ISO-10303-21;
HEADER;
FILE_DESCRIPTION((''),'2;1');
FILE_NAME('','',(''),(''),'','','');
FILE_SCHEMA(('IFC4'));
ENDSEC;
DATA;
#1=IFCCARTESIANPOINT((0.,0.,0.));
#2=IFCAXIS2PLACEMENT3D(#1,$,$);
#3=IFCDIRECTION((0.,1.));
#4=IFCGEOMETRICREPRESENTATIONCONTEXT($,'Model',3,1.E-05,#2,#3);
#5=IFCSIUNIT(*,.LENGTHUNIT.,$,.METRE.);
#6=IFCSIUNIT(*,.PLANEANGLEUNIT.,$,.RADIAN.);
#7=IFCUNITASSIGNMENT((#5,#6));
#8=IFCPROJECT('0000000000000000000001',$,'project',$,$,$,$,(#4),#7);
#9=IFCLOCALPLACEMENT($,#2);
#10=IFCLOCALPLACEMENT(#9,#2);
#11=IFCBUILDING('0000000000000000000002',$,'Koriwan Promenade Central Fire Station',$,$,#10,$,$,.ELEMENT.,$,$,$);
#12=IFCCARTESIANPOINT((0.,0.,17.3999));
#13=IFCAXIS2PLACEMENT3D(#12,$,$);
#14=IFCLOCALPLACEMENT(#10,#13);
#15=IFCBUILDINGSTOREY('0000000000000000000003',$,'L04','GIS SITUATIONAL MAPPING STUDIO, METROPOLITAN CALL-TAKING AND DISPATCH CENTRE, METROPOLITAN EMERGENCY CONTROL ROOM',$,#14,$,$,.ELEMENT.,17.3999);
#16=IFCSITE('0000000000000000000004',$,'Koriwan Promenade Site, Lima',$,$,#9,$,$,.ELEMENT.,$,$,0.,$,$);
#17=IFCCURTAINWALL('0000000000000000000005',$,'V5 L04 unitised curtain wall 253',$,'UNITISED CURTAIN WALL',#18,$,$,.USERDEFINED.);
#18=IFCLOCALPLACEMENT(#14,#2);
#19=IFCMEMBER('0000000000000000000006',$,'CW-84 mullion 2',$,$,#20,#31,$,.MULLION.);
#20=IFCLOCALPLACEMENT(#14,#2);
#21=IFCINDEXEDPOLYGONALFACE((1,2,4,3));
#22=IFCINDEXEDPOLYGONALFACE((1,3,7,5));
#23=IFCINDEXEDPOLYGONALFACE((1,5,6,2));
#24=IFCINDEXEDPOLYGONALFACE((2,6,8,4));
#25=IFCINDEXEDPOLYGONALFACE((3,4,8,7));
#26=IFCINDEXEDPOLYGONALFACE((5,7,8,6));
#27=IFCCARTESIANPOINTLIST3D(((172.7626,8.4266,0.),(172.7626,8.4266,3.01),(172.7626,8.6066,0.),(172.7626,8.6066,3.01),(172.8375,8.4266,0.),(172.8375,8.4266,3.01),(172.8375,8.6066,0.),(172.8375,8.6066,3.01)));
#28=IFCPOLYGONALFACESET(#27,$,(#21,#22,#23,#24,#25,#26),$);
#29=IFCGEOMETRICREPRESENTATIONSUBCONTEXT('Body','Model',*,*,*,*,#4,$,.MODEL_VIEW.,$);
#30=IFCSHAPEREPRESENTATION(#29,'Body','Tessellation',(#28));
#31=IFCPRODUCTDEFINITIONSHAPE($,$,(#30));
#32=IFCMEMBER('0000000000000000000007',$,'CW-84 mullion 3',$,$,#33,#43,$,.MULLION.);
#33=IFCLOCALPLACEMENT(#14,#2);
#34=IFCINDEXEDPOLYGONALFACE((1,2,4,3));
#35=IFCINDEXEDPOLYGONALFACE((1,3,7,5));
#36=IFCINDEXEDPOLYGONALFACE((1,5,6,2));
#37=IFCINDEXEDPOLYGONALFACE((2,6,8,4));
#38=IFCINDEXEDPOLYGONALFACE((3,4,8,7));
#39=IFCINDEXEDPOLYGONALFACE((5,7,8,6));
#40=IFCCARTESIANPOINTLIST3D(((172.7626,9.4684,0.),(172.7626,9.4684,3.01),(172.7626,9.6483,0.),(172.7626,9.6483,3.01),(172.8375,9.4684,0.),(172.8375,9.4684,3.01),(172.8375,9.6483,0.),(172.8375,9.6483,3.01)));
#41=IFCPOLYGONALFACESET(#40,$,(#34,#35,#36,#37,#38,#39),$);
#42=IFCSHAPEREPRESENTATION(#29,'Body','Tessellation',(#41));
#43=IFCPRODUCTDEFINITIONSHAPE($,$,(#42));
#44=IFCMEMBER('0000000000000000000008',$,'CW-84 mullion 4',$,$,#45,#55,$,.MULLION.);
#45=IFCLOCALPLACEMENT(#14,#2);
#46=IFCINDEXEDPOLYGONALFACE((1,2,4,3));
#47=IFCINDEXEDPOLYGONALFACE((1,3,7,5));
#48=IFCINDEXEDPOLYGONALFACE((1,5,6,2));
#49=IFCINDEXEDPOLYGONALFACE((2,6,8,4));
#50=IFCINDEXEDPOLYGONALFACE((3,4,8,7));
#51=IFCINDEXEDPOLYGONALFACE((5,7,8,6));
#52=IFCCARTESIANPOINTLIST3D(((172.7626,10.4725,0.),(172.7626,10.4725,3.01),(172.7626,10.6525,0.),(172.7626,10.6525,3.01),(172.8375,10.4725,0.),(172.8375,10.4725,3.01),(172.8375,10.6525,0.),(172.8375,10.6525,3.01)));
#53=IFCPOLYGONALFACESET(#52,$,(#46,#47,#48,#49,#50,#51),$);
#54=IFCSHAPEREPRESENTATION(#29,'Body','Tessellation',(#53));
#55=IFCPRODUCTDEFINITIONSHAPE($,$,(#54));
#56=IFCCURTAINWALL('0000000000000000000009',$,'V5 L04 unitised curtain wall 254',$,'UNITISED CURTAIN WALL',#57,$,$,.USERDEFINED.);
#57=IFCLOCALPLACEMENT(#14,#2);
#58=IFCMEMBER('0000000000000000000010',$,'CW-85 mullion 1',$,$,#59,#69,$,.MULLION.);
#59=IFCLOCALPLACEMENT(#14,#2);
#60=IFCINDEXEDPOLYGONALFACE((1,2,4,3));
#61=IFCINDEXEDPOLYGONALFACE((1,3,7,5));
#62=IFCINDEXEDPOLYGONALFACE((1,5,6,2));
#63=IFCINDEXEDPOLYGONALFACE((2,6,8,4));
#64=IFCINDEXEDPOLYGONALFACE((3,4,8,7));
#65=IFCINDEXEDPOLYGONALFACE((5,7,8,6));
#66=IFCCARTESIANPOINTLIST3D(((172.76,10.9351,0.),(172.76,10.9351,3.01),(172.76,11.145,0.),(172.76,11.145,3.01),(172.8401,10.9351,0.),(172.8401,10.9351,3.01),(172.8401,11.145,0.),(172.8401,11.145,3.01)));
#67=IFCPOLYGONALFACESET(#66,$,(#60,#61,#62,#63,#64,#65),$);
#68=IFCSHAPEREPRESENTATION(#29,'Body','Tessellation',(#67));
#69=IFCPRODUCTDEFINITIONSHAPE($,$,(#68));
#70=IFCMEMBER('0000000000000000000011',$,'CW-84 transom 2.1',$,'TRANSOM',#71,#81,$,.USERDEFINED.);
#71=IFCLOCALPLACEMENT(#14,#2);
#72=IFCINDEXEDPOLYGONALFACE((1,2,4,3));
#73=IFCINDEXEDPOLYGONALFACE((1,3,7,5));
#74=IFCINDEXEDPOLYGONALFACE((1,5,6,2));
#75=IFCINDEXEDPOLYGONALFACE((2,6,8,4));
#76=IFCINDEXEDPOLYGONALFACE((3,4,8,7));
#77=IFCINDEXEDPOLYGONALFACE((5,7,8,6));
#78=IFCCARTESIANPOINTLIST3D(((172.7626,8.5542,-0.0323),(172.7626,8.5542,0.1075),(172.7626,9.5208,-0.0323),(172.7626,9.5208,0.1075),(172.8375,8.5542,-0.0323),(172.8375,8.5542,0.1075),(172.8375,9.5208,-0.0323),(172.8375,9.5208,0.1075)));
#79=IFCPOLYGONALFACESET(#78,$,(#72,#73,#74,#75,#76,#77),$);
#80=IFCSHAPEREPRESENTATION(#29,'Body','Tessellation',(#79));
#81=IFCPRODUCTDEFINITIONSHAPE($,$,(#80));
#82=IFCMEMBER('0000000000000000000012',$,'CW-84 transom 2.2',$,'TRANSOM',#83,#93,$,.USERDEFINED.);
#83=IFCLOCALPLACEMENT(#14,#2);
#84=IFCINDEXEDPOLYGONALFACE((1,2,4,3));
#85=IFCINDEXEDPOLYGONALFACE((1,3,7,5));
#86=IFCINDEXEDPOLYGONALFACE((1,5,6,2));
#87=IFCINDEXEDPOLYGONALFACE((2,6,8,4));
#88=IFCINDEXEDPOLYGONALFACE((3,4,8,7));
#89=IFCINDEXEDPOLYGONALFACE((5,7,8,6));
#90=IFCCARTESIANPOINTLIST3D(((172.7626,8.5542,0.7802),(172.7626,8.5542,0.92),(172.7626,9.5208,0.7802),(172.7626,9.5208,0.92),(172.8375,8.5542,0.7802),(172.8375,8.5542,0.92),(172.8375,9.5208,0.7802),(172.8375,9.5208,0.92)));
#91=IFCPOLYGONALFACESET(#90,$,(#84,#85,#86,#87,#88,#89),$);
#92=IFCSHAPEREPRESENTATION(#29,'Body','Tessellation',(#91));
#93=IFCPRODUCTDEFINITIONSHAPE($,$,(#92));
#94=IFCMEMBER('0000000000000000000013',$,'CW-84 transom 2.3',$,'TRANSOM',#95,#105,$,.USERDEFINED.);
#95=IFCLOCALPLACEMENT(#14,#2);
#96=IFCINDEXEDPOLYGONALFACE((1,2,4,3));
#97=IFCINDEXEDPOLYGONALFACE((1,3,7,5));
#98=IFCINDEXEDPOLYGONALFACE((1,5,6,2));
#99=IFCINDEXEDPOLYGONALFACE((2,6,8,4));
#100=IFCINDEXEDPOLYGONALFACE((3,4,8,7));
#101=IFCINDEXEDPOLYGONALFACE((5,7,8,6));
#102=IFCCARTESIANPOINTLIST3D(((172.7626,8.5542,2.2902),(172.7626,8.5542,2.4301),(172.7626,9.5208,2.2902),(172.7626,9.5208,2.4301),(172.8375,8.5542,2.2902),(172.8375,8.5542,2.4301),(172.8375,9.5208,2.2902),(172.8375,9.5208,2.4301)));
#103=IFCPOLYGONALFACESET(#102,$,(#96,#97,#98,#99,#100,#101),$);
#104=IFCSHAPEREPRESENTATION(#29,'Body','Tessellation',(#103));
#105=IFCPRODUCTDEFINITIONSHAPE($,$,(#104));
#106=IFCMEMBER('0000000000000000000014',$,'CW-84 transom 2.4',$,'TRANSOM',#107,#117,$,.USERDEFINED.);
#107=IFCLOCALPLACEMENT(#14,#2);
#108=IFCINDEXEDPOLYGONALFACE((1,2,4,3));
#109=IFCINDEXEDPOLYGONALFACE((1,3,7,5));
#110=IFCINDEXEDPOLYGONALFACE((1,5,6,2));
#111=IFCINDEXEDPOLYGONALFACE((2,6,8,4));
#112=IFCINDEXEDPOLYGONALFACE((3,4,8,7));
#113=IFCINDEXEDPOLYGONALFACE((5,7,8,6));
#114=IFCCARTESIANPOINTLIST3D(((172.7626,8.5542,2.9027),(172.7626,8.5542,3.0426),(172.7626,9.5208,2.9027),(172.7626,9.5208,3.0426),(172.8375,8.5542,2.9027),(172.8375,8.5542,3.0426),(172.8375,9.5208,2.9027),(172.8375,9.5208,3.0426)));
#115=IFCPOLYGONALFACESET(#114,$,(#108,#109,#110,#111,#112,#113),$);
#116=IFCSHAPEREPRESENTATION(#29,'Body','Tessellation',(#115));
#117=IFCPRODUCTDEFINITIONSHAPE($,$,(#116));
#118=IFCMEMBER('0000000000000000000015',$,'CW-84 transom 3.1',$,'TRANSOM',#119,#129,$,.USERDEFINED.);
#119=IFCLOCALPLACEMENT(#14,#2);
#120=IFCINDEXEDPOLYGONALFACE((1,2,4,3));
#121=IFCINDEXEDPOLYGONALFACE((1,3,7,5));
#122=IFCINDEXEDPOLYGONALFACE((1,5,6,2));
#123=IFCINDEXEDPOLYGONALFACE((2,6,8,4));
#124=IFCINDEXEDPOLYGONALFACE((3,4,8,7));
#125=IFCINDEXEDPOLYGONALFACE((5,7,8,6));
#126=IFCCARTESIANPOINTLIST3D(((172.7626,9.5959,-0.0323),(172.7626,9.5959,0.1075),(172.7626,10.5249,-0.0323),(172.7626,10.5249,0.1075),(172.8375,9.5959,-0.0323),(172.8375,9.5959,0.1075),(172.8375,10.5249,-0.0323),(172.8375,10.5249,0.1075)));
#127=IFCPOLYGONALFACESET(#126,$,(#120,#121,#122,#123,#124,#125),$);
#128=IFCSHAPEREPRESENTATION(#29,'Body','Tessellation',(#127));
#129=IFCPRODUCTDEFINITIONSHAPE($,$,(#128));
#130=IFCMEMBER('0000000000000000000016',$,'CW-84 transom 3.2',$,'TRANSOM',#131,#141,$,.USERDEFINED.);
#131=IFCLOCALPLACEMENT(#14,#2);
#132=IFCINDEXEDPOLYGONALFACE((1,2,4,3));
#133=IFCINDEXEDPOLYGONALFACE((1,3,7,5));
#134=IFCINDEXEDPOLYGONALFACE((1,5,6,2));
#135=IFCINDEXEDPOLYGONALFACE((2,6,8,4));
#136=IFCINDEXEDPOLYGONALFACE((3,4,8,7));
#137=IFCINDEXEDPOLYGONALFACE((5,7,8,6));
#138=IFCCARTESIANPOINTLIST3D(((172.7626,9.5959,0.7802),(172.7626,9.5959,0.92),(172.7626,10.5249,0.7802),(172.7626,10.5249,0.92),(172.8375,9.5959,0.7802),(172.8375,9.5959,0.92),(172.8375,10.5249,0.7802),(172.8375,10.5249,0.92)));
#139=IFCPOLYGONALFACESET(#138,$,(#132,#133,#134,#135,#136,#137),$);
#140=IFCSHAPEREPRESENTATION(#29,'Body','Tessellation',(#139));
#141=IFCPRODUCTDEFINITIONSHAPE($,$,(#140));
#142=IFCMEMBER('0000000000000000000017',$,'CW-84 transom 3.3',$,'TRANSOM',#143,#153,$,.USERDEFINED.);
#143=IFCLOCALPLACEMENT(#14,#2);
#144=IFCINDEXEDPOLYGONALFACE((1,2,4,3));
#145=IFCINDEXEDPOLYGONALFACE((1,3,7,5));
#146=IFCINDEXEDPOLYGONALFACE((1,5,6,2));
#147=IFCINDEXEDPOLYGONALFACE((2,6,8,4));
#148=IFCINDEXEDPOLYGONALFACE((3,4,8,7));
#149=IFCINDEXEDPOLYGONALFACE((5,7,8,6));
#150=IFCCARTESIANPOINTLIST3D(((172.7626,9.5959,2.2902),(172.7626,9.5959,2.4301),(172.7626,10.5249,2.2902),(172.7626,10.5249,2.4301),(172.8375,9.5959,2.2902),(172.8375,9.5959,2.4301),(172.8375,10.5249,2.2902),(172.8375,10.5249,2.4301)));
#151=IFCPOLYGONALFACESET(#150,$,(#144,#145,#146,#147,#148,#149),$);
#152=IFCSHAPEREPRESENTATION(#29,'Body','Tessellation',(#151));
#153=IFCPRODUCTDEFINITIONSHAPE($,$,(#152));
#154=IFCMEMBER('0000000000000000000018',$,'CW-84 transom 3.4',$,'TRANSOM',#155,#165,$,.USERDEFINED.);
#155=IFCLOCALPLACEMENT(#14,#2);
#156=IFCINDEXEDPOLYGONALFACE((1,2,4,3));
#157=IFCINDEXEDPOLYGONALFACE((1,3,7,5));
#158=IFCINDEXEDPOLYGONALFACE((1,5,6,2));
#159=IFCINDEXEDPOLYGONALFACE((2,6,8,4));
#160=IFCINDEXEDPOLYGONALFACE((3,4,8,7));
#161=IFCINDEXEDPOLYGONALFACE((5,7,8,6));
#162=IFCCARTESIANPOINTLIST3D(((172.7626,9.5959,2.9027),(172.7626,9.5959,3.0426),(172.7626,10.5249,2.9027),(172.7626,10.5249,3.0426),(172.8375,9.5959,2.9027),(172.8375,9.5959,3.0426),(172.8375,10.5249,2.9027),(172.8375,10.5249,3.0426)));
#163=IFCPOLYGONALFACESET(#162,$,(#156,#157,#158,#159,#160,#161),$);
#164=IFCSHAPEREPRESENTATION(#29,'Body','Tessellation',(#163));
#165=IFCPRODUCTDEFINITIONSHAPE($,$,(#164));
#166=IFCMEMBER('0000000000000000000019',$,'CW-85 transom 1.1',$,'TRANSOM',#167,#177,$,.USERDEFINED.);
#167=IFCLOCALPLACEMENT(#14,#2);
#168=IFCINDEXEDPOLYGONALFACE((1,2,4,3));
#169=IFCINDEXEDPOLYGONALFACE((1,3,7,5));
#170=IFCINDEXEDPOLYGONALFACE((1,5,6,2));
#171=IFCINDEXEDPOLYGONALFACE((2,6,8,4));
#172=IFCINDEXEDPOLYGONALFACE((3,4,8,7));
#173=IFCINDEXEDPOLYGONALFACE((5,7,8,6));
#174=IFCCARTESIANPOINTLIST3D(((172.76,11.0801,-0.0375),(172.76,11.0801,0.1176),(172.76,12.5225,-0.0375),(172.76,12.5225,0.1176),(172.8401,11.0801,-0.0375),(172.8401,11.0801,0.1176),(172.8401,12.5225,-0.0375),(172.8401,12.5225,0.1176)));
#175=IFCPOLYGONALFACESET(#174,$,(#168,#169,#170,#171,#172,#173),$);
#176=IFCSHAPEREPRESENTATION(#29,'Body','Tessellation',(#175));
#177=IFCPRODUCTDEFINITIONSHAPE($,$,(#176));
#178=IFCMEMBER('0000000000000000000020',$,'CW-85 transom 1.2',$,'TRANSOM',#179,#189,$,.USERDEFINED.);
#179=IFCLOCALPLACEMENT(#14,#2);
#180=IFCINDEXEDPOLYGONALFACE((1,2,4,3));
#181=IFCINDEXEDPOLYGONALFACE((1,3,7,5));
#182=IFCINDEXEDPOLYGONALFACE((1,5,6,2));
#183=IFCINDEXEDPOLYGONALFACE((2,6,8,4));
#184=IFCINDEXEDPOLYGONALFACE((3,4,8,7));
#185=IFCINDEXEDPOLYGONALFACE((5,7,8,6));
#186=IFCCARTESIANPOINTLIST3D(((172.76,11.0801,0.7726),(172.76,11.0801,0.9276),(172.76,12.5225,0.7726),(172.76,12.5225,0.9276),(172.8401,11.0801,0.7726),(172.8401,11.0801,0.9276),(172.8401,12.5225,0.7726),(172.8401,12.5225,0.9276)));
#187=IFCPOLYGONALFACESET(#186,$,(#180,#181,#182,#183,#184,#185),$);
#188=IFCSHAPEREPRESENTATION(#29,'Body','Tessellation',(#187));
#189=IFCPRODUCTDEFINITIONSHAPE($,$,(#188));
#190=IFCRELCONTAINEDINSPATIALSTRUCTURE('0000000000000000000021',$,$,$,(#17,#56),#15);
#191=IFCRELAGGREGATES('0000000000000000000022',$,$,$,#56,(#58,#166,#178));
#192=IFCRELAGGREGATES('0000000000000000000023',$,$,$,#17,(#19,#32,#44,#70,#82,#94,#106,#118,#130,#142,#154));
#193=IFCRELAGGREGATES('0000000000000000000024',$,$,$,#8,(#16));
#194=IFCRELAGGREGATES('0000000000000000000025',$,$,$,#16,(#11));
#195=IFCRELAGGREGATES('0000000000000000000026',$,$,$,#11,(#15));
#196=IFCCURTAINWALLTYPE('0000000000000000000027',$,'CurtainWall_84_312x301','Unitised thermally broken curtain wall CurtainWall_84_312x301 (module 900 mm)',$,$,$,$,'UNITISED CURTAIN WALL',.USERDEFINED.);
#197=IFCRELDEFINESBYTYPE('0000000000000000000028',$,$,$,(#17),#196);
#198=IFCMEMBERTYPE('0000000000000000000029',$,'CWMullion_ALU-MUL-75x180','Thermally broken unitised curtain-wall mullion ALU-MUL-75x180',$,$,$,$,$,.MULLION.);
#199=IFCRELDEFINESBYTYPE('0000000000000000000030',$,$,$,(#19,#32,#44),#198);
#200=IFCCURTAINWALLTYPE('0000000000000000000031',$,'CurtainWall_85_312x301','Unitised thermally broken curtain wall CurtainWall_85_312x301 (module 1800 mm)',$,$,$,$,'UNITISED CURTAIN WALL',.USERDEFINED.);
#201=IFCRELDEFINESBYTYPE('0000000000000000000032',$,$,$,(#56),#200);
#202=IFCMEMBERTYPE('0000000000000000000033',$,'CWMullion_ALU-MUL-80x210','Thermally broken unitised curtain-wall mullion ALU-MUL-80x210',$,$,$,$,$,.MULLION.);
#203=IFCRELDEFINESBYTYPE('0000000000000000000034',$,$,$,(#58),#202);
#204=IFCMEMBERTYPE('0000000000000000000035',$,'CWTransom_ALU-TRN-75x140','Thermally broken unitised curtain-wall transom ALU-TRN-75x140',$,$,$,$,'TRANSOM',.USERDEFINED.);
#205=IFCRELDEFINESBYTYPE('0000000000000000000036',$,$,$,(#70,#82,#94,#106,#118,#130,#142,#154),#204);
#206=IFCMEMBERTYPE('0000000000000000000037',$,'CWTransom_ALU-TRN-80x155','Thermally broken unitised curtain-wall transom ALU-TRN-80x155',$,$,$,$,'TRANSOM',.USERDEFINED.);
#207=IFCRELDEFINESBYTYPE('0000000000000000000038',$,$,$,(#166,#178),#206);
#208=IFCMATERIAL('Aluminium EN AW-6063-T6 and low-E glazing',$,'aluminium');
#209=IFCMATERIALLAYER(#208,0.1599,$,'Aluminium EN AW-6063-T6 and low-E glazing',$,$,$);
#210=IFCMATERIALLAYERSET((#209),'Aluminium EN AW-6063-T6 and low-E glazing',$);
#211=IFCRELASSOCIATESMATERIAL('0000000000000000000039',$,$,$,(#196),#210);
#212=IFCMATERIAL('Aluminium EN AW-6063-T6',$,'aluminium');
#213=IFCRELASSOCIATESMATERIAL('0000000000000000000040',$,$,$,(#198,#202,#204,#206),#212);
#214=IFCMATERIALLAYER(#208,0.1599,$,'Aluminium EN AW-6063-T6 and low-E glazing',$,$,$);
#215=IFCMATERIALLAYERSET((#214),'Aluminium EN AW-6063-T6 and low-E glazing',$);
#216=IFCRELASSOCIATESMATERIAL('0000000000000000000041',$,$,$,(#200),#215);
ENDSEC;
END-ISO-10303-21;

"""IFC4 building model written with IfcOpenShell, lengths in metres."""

from ifc_helpers import new_model, si_unit, direction, frame, origin, origin_2d, place, context, subcontext, project, spatial, rectangle, extrude, material, layer, layer_set, material_profile, profile_set, type_object, element, aggregate, save


model = new_model("IFC4")

# Units and contexts
model_context = context("Model", 3, precision=1e-05, world=origin(), true_north=direction((0.0, 1.0)))
body_context = subcontext(model_context, "Body", "Model", "MODEL_VIEW")
ifc_project = project(units=[si_unit("LENGTHUNIT", "METRE"), si_unit("PLANEANGLEUNIT", "RADIAN")], contexts=[model_context])

# Site, building, storey
site_placement = place(None, origin())
site = spatial("IfcSite", under=ifc_project, at=site_placement, Name="Koriwan Promenade Site, Lima", CompositionType="ELEMENT", RefElevation=0.0)
building_placement = place(site_placement, origin())
building = spatial("IfcBuilding", under=site, at=building_placement, Name="Koriwan Promenade Central Fire Station", CompositionType="ELEMENT")
storey_placement = place(building_placement, frame((0.0, 0.0, 17.3999)))
storey = spatial("IfcBuildingStorey", under=building, at=storey_placement, Name="L04", Description="GIS SITUATIONAL MAPPING STUDIO, METROPOLITAN CALL-TAKING AND DISPATCH CENTRE, METROPOLITAN EMERGENCY CONTROL ROOM", CompositionType="ELEMENT", Elevation=17.3999)

# Curtain wall, members
ifc_material_1 = material(Name="Aluminium EN AW-6063-T6 and low-E glazing", Category="aluminium")
ifc_layer_1 = layer(ifc_material_1, 0.1599, Name="Aluminium EN AW-6063-T6 and low-E glazing")
ifc_layer_set_1 = layer_set([ifc_layer_1], Name="Aluminium EN AW-6063-T6 and low-E glazing")
curtain_wall_type_1 = type_object("IfcCurtainWallType", Name="CurtainWall_84_312x301", Description="Unitised thermally broken curtain wall CurtainWall_84_312x301 (module 900 mm)", ElementType="UNITISED CURTAIN WALL", PredefinedType="USERDEFINED", material=ifc_layer_set_1)
curtain_wall_1_placement = place(storey_placement, origin())
curtain_wall_1 = element("IfcCurtainWall", 1, at=curtain_wall_1_placement, inside=storey, type_object=curtain_wall_type_1, Name="V5 L04 unitised curtain wall 253", ObjectType="UNITISED CURTAIN WALL", PredefinedType="USERDEFINED")
ifc_material_2 = material(Name="Aluminium EN AW-6063-T6", Category="aluminium")
ifc_material_profile_1 = material_profile(ifc_material_2, rectangle(XDim=0.075, YDim=0.1799, at=origin_2d()), Name="ALU-MUL-75x180")
ifc_profile_set_1 = profile_set([ifc_material_profile_1], Name="Aluminium EN AW-6063-T6")
member_type_1 = type_object("IfcMemberType", Name="CWMullion_ALU-MUL-75x180", Description="Thermally broken unitised curtain-wall mullion ALU-MUL-75x180", PredefinedType="MULLION", material=ifc_profile_set_1)
member_1_placement = place(storey_placement, frame((172.8, 8.5166, 0.0), z_axis=(0.0, 0.0, 1.0), x_axis=(-1.0, 0.0, 0.0)))
member_1 = element("IfcMember", 2, at=member_1_placement, type_object=member_type_1, Name="CW-84 mullion 2", PredefinedType="MULLION", context=body_context, shape_type="SweptSolid", body=[
    extrude(rectangle(XDim=0.075, YDim=0.1799, at=origin_2d()), origin(), (0.0, 0.0, 1.0), 3.01),
])
member_2_placement = place(storey_placement, frame((172.8, 9.5583, 0.0), z_axis=(0.0, 0.0, 1.0), x_axis=(-1.0, 0.0, 0.0)))
member_2 = element("IfcMember", 3, at=member_2_placement, type_object=member_type_1, Name="CW-84 mullion 3", PredefinedType="MULLION", context=body_context, shape_type="SweptSolid", body=[
    extrude(rectangle(XDim=0.075, YDim=0.1799, at=origin_2d()), origin(), (0.0, 0.0, 1.0), 3.01),
])
member_3_placement = place(storey_placement, frame((172.8, 10.5625, 0.0), z_axis=(0.0, 0.0, 1.0), x_axis=(-1.0, 0.0, 0.0)))
member_3 = element("IfcMember", 4, at=member_3_placement, type_object=member_type_1, Name="CW-84 mullion 4", PredefinedType="MULLION", context=body_context, shape_type="SweptSolid", body=[
    extrude(rectangle(XDim=0.075, YDim=0.1799, at=origin_2d()), origin(), (0.0, 0.0, 1.0), 3.01),
])

# Curtain wall, member
ifc_layer_2 = layer(ifc_material_1, 0.1599, Name="Aluminium EN AW-6063-T6 and low-E glazing")
ifc_layer_set_2 = layer_set([ifc_layer_2], Name="Aluminium EN AW-6063-T6 and low-E glazing")
curtain_wall_type_2 = type_object("IfcCurtainWallType", Name="CurtainWall_85_312x301", Description="Unitised thermally broken curtain wall CurtainWall_85_312x301 (module 1800 mm)", ElementType="UNITISED CURTAIN WALL", PredefinedType="USERDEFINED", material=ifc_layer_set_2)
curtain_wall_2_placement = place(storey_placement, origin())
curtain_wall_2 = element("IfcCurtainWall", 5, at=curtain_wall_2_placement, inside=storey, type_object=curtain_wall_type_2, Name="V5 L04 unitised curtain wall 254", ObjectType="UNITISED CURTAIN WALL", PredefinedType="USERDEFINED")
ifc_material_profile_2 = material_profile(ifc_material_2, rectangle(XDim=0.0801, YDim=0.21, at=origin_2d()), Name="ALU-MUL-80x210")
ifc_profile_set_2 = profile_set([ifc_material_profile_2], Name="Aluminium EN AW-6063-T6")
member_type_2 = type_object("IfcMemberType", Name="CWMullion_ALU-MUL-80x210", Description="Thermally broken unitised curtain-wall mullion ALU-MUL-80x210", PredefinedType="MULLION", material=ifc_profile_set_2)
member_4_placement = place(storey_placement, frame((172.8, 11.04, 0.0), z_axis=(0.0, 0.0, 1.0), x_axis=(-1.0, 0.0, 0.0)))
member_4 = element("IfcMember", 6, at=member_4_placement, type_object=member_type_2, Name="CW-85 mullion 1", PredefinedType="MULLION", context=body_context, shape_type="SweptSolid", body=[
    extrude(rectangle(XDim=0.0801, YDim=0.21, at=origin_2d()), origin(), (0.0, 0.0, 1.0), 3.01),
])

# Members
ifc_material_profile_3 = material_profile(ifc_material_2, rectangle(XDim=0.075, YDim=0.1399, at=origin_2d()), Name="ALU-TRN-75x140")
ifc_profile_set_3 = profile_set([ifc_material_profile_3], Name="Aluminium EN AW-6063-T6")
member_type_3 = type_object("IfcMemberType", Name="CWTransom_ALU-TRN-75x140", Description="Thermally broken unitised curtain-wall transom ALU-TRN-75x140", ElementType="TRANSOM", PredefinedType="USERDEFINED", material=ifc_profile_set_3)
member_5_placement = place(storey_placement, frame((172.8, 8.5542, 0.0376), z_axis=(0.0, 1.0, 0.0), x_axis=(-1.0, 0.0, 0.0)))
member_5 = element("IfcMember", 7, at=member_5_placement, type_object=member_type_3, Name="CW-84 transom 2.1", ObjectType="TRANSOM", PredefinedType="USERDEFINED", context=body_context, shape_type="SweptSolid", body=[
    extrude(rectangle(XDim=0.075, YDim=0.1399, at=origin_2d()), origin(), (0.0, 0.0, 1.0), 0.9666),
])
member_6_placement = place(storey_placement, frame((172.8, 8.5542, 0.8501), z_axis=(0.0, 1.0, 0.0), x_axis=(-1.0, 0.0, 0.0)))
member_6 = element("IfcMember", 8, at=member_6_placement, type_object=member_type_3, Name="CW-84 transom 2.2", ObjectType="TRANSOM", PredefinedType="USERDEFINED", context=body_context, shape_type="SweptSolid", body=[
    extrude(rectangle(XDim=0.075, YDim=0.1399, at=origin_2d()), origin(), (0.0, 0.0, 1.0), 0.9666),
])
member_7_placement = place(storey_placement, frame((172.8, 8.5542, 2.3601), z_axis=(0.0, 1.0, 0.0), x_axis=(-1.0, 0.0, 0.0)))
member_7 = element("IfcMember", 9, at=member_7_placement, type_object=member_type_3, Name="CW-84 transom 2.3", ObjectType="TRANSOM", PredefinedType="USERDEFINED", context=body_context, shape_type="SweptSolid", body=[
    extrude(rectangle(XDim=0.075, YDim=0.1399, at=origin_2d()), origin(), (0.0, 0.0, 1.0), 0.9666),
])
member_8_placement = place(storey_placement, frame((172.8, 8.5542, 2.9727), z_axis=(0.0, 1.0, 0.0), x_axis=(-1.0, 0.0, 0.0)))
member_8 = element("IfcMember", 10, at=member_8_placement, type_object=member_type_3, Name="CW-84 transom 2.4", ObjectType="TRANSOM", PredefinedType="USERDEFINED", context=body_context, shape_type="SweptSolid", body=[
    extrude(rectangle(XDim=0.075, YDim=0.1399, at=origin_2d()), origin(), (0.0, 0.0, 1.0), 0.9666),
])
member_9_placement = place(storey_placement, frame((172.8, 9.5959, 0.0376), z_axis=(0.0, 1.0, 0.0), x_axis=(-1.0, 0.0, 0.0)))
member_9 = element("IfcMember", 11, at=member_9_placement, type_object=member_type_3, Name="CW-84 transom 3.1", ObjectType="TRANSOM", PredefinedType="USERDEFINED", context=body_context, shape_type="SweptSolid", body=[
    extrude(rectangle(XDim=0.075, YDim=0.1399, at=origin_2d()), origin(), (0.0, 0.0, 1.0), 0.929),
])
member_10_placement = place(storey_placement, frame((172.8, 9.5959, 0.8501), z_axis=(0.0, 1.0, 0.0), x_axis=(-1.0, 0.0, 0.0)))
member_10 = element("IfcMember", 12, at=member_10_placement, type_object=member_type_3, Name="CW-84 transom 3.2", ObjectType="TRANSOM", PredefinedType="USERDEFINED", context=body_context, shape_type="SweptSolid", body=[
    extrude(rectangle(XDim=0.075, YDim=0.1399, at=origin_2d()), origin(), (0.0, 0.0, 1.0), 0.929),
])
member_11_placement = place(storey_placement, frame((172.8, 9.5959, 2.3601), z_axis=(0.0, 1.0, 0.0), x_axis=(-1.0, 0.0, 0.0)))
member_11 = element("IfcMember", 13, at=member_11_placement, type_object=member_type_3, Name="CW-84 transom 3.3", ObjectType="TRANSOM", PredefinedType="USERDEFINED", context=body_context, shape_type="SweptSolid", body=[
    extrude(rectangle(XDim=0.075, YDim=0.1399, at=origin_2d()), origin(), (0.0, 0.0, 1.0), 0.929),
])
member_12_placement = place(storey_placement, frame((172.8, 9.5959, 2.9727), z_axis=(0.0, 1.0, 0.0), x_axis=(-1.0, 0.0, 0.0)))
member_12 = element("IfcMember", 14, at=member_12_placement, type_object=member_type_3, Name="CW-84 transom 3.4", ObjectType="TRANSOM", PredefinedType="USERDEFINED", context=body_context, shape_type="SweptSolid", body=[
    extrude(rectangle(XDim=0.075, YDim=0.1399, at=origin_2d()), origin(), (0.0, 0.0, 1.0), 0.929),
])
ifc_material_profile_4 = material_profile(ifc_material_2, rectangle(XDim=0.0801, YDim=0.155, at=origin_2d()), Name="ALU-TRN-80x155")
ifc_profile_set_4 = profile_set([ifc_material_profile_4], Name="Aluminium EN AW-6063-T6")
member_type_4 = type_object("IfcMemberType", Name="CWTransom_ALU-TRN-80x155", Description="Thermally broken unitised curtain-wall transom ALU-TRN-80x155", ElementType="TRANSOM", PredefinedType="USERDEFINED", material=ifc_profile_set_4)
member_13_placement = place(storey_placement, frame((172.8, 11.0801, 0.04), z_axis=(0.0, 1.0, 0.0), x_axis=(-1.0, 0.0, 0.0)))
member_13 = element("IfcMember", 15, at=member_13_placement, type_object=member_type_4, Name="CW-85 transom 1.1", ObjectType="TRANSOM", PredefinedType="USERDEFINED", context=body_context, shape_type="SweptSolid", body=[
    extrude(rectangle(XDim=0.0801, YDim=0.155, at=origin_2d()), origin(), (0.0, 0.0, 1.0), 1.4424),
])
member_14_placement = place(storey_placement, frame((172.8, 11.0801, 0.8501), z_axis=(0.0, 1.0, 0.0), x_axis=(-1.0, 0.0, 0.0)))
member_14 = element("IfcMember", 16, at=member_14_placement, type_object=member_type_4, Name="CW-85 transom 1.2", ObjectType="TRANSOM", PredefinedType="USERDEFINED", context=body_context, shape_type="SweptSolid", body=[
    extrude(rectangle(XDim=0.0801, YDim=0.155, at=origin_2d()), origin(), (0.0, 0.0, 1.0), 1.4424),
])

aggregate(curtain_wall_2, [member_4, member_13, member_14])
aggregate(curtain_wall_1, [member_1, member_2, member_3, member_5, member_6, member_7, member_8, member_9, member_10, member_11, member_12])

save(model, "model.ifc")
